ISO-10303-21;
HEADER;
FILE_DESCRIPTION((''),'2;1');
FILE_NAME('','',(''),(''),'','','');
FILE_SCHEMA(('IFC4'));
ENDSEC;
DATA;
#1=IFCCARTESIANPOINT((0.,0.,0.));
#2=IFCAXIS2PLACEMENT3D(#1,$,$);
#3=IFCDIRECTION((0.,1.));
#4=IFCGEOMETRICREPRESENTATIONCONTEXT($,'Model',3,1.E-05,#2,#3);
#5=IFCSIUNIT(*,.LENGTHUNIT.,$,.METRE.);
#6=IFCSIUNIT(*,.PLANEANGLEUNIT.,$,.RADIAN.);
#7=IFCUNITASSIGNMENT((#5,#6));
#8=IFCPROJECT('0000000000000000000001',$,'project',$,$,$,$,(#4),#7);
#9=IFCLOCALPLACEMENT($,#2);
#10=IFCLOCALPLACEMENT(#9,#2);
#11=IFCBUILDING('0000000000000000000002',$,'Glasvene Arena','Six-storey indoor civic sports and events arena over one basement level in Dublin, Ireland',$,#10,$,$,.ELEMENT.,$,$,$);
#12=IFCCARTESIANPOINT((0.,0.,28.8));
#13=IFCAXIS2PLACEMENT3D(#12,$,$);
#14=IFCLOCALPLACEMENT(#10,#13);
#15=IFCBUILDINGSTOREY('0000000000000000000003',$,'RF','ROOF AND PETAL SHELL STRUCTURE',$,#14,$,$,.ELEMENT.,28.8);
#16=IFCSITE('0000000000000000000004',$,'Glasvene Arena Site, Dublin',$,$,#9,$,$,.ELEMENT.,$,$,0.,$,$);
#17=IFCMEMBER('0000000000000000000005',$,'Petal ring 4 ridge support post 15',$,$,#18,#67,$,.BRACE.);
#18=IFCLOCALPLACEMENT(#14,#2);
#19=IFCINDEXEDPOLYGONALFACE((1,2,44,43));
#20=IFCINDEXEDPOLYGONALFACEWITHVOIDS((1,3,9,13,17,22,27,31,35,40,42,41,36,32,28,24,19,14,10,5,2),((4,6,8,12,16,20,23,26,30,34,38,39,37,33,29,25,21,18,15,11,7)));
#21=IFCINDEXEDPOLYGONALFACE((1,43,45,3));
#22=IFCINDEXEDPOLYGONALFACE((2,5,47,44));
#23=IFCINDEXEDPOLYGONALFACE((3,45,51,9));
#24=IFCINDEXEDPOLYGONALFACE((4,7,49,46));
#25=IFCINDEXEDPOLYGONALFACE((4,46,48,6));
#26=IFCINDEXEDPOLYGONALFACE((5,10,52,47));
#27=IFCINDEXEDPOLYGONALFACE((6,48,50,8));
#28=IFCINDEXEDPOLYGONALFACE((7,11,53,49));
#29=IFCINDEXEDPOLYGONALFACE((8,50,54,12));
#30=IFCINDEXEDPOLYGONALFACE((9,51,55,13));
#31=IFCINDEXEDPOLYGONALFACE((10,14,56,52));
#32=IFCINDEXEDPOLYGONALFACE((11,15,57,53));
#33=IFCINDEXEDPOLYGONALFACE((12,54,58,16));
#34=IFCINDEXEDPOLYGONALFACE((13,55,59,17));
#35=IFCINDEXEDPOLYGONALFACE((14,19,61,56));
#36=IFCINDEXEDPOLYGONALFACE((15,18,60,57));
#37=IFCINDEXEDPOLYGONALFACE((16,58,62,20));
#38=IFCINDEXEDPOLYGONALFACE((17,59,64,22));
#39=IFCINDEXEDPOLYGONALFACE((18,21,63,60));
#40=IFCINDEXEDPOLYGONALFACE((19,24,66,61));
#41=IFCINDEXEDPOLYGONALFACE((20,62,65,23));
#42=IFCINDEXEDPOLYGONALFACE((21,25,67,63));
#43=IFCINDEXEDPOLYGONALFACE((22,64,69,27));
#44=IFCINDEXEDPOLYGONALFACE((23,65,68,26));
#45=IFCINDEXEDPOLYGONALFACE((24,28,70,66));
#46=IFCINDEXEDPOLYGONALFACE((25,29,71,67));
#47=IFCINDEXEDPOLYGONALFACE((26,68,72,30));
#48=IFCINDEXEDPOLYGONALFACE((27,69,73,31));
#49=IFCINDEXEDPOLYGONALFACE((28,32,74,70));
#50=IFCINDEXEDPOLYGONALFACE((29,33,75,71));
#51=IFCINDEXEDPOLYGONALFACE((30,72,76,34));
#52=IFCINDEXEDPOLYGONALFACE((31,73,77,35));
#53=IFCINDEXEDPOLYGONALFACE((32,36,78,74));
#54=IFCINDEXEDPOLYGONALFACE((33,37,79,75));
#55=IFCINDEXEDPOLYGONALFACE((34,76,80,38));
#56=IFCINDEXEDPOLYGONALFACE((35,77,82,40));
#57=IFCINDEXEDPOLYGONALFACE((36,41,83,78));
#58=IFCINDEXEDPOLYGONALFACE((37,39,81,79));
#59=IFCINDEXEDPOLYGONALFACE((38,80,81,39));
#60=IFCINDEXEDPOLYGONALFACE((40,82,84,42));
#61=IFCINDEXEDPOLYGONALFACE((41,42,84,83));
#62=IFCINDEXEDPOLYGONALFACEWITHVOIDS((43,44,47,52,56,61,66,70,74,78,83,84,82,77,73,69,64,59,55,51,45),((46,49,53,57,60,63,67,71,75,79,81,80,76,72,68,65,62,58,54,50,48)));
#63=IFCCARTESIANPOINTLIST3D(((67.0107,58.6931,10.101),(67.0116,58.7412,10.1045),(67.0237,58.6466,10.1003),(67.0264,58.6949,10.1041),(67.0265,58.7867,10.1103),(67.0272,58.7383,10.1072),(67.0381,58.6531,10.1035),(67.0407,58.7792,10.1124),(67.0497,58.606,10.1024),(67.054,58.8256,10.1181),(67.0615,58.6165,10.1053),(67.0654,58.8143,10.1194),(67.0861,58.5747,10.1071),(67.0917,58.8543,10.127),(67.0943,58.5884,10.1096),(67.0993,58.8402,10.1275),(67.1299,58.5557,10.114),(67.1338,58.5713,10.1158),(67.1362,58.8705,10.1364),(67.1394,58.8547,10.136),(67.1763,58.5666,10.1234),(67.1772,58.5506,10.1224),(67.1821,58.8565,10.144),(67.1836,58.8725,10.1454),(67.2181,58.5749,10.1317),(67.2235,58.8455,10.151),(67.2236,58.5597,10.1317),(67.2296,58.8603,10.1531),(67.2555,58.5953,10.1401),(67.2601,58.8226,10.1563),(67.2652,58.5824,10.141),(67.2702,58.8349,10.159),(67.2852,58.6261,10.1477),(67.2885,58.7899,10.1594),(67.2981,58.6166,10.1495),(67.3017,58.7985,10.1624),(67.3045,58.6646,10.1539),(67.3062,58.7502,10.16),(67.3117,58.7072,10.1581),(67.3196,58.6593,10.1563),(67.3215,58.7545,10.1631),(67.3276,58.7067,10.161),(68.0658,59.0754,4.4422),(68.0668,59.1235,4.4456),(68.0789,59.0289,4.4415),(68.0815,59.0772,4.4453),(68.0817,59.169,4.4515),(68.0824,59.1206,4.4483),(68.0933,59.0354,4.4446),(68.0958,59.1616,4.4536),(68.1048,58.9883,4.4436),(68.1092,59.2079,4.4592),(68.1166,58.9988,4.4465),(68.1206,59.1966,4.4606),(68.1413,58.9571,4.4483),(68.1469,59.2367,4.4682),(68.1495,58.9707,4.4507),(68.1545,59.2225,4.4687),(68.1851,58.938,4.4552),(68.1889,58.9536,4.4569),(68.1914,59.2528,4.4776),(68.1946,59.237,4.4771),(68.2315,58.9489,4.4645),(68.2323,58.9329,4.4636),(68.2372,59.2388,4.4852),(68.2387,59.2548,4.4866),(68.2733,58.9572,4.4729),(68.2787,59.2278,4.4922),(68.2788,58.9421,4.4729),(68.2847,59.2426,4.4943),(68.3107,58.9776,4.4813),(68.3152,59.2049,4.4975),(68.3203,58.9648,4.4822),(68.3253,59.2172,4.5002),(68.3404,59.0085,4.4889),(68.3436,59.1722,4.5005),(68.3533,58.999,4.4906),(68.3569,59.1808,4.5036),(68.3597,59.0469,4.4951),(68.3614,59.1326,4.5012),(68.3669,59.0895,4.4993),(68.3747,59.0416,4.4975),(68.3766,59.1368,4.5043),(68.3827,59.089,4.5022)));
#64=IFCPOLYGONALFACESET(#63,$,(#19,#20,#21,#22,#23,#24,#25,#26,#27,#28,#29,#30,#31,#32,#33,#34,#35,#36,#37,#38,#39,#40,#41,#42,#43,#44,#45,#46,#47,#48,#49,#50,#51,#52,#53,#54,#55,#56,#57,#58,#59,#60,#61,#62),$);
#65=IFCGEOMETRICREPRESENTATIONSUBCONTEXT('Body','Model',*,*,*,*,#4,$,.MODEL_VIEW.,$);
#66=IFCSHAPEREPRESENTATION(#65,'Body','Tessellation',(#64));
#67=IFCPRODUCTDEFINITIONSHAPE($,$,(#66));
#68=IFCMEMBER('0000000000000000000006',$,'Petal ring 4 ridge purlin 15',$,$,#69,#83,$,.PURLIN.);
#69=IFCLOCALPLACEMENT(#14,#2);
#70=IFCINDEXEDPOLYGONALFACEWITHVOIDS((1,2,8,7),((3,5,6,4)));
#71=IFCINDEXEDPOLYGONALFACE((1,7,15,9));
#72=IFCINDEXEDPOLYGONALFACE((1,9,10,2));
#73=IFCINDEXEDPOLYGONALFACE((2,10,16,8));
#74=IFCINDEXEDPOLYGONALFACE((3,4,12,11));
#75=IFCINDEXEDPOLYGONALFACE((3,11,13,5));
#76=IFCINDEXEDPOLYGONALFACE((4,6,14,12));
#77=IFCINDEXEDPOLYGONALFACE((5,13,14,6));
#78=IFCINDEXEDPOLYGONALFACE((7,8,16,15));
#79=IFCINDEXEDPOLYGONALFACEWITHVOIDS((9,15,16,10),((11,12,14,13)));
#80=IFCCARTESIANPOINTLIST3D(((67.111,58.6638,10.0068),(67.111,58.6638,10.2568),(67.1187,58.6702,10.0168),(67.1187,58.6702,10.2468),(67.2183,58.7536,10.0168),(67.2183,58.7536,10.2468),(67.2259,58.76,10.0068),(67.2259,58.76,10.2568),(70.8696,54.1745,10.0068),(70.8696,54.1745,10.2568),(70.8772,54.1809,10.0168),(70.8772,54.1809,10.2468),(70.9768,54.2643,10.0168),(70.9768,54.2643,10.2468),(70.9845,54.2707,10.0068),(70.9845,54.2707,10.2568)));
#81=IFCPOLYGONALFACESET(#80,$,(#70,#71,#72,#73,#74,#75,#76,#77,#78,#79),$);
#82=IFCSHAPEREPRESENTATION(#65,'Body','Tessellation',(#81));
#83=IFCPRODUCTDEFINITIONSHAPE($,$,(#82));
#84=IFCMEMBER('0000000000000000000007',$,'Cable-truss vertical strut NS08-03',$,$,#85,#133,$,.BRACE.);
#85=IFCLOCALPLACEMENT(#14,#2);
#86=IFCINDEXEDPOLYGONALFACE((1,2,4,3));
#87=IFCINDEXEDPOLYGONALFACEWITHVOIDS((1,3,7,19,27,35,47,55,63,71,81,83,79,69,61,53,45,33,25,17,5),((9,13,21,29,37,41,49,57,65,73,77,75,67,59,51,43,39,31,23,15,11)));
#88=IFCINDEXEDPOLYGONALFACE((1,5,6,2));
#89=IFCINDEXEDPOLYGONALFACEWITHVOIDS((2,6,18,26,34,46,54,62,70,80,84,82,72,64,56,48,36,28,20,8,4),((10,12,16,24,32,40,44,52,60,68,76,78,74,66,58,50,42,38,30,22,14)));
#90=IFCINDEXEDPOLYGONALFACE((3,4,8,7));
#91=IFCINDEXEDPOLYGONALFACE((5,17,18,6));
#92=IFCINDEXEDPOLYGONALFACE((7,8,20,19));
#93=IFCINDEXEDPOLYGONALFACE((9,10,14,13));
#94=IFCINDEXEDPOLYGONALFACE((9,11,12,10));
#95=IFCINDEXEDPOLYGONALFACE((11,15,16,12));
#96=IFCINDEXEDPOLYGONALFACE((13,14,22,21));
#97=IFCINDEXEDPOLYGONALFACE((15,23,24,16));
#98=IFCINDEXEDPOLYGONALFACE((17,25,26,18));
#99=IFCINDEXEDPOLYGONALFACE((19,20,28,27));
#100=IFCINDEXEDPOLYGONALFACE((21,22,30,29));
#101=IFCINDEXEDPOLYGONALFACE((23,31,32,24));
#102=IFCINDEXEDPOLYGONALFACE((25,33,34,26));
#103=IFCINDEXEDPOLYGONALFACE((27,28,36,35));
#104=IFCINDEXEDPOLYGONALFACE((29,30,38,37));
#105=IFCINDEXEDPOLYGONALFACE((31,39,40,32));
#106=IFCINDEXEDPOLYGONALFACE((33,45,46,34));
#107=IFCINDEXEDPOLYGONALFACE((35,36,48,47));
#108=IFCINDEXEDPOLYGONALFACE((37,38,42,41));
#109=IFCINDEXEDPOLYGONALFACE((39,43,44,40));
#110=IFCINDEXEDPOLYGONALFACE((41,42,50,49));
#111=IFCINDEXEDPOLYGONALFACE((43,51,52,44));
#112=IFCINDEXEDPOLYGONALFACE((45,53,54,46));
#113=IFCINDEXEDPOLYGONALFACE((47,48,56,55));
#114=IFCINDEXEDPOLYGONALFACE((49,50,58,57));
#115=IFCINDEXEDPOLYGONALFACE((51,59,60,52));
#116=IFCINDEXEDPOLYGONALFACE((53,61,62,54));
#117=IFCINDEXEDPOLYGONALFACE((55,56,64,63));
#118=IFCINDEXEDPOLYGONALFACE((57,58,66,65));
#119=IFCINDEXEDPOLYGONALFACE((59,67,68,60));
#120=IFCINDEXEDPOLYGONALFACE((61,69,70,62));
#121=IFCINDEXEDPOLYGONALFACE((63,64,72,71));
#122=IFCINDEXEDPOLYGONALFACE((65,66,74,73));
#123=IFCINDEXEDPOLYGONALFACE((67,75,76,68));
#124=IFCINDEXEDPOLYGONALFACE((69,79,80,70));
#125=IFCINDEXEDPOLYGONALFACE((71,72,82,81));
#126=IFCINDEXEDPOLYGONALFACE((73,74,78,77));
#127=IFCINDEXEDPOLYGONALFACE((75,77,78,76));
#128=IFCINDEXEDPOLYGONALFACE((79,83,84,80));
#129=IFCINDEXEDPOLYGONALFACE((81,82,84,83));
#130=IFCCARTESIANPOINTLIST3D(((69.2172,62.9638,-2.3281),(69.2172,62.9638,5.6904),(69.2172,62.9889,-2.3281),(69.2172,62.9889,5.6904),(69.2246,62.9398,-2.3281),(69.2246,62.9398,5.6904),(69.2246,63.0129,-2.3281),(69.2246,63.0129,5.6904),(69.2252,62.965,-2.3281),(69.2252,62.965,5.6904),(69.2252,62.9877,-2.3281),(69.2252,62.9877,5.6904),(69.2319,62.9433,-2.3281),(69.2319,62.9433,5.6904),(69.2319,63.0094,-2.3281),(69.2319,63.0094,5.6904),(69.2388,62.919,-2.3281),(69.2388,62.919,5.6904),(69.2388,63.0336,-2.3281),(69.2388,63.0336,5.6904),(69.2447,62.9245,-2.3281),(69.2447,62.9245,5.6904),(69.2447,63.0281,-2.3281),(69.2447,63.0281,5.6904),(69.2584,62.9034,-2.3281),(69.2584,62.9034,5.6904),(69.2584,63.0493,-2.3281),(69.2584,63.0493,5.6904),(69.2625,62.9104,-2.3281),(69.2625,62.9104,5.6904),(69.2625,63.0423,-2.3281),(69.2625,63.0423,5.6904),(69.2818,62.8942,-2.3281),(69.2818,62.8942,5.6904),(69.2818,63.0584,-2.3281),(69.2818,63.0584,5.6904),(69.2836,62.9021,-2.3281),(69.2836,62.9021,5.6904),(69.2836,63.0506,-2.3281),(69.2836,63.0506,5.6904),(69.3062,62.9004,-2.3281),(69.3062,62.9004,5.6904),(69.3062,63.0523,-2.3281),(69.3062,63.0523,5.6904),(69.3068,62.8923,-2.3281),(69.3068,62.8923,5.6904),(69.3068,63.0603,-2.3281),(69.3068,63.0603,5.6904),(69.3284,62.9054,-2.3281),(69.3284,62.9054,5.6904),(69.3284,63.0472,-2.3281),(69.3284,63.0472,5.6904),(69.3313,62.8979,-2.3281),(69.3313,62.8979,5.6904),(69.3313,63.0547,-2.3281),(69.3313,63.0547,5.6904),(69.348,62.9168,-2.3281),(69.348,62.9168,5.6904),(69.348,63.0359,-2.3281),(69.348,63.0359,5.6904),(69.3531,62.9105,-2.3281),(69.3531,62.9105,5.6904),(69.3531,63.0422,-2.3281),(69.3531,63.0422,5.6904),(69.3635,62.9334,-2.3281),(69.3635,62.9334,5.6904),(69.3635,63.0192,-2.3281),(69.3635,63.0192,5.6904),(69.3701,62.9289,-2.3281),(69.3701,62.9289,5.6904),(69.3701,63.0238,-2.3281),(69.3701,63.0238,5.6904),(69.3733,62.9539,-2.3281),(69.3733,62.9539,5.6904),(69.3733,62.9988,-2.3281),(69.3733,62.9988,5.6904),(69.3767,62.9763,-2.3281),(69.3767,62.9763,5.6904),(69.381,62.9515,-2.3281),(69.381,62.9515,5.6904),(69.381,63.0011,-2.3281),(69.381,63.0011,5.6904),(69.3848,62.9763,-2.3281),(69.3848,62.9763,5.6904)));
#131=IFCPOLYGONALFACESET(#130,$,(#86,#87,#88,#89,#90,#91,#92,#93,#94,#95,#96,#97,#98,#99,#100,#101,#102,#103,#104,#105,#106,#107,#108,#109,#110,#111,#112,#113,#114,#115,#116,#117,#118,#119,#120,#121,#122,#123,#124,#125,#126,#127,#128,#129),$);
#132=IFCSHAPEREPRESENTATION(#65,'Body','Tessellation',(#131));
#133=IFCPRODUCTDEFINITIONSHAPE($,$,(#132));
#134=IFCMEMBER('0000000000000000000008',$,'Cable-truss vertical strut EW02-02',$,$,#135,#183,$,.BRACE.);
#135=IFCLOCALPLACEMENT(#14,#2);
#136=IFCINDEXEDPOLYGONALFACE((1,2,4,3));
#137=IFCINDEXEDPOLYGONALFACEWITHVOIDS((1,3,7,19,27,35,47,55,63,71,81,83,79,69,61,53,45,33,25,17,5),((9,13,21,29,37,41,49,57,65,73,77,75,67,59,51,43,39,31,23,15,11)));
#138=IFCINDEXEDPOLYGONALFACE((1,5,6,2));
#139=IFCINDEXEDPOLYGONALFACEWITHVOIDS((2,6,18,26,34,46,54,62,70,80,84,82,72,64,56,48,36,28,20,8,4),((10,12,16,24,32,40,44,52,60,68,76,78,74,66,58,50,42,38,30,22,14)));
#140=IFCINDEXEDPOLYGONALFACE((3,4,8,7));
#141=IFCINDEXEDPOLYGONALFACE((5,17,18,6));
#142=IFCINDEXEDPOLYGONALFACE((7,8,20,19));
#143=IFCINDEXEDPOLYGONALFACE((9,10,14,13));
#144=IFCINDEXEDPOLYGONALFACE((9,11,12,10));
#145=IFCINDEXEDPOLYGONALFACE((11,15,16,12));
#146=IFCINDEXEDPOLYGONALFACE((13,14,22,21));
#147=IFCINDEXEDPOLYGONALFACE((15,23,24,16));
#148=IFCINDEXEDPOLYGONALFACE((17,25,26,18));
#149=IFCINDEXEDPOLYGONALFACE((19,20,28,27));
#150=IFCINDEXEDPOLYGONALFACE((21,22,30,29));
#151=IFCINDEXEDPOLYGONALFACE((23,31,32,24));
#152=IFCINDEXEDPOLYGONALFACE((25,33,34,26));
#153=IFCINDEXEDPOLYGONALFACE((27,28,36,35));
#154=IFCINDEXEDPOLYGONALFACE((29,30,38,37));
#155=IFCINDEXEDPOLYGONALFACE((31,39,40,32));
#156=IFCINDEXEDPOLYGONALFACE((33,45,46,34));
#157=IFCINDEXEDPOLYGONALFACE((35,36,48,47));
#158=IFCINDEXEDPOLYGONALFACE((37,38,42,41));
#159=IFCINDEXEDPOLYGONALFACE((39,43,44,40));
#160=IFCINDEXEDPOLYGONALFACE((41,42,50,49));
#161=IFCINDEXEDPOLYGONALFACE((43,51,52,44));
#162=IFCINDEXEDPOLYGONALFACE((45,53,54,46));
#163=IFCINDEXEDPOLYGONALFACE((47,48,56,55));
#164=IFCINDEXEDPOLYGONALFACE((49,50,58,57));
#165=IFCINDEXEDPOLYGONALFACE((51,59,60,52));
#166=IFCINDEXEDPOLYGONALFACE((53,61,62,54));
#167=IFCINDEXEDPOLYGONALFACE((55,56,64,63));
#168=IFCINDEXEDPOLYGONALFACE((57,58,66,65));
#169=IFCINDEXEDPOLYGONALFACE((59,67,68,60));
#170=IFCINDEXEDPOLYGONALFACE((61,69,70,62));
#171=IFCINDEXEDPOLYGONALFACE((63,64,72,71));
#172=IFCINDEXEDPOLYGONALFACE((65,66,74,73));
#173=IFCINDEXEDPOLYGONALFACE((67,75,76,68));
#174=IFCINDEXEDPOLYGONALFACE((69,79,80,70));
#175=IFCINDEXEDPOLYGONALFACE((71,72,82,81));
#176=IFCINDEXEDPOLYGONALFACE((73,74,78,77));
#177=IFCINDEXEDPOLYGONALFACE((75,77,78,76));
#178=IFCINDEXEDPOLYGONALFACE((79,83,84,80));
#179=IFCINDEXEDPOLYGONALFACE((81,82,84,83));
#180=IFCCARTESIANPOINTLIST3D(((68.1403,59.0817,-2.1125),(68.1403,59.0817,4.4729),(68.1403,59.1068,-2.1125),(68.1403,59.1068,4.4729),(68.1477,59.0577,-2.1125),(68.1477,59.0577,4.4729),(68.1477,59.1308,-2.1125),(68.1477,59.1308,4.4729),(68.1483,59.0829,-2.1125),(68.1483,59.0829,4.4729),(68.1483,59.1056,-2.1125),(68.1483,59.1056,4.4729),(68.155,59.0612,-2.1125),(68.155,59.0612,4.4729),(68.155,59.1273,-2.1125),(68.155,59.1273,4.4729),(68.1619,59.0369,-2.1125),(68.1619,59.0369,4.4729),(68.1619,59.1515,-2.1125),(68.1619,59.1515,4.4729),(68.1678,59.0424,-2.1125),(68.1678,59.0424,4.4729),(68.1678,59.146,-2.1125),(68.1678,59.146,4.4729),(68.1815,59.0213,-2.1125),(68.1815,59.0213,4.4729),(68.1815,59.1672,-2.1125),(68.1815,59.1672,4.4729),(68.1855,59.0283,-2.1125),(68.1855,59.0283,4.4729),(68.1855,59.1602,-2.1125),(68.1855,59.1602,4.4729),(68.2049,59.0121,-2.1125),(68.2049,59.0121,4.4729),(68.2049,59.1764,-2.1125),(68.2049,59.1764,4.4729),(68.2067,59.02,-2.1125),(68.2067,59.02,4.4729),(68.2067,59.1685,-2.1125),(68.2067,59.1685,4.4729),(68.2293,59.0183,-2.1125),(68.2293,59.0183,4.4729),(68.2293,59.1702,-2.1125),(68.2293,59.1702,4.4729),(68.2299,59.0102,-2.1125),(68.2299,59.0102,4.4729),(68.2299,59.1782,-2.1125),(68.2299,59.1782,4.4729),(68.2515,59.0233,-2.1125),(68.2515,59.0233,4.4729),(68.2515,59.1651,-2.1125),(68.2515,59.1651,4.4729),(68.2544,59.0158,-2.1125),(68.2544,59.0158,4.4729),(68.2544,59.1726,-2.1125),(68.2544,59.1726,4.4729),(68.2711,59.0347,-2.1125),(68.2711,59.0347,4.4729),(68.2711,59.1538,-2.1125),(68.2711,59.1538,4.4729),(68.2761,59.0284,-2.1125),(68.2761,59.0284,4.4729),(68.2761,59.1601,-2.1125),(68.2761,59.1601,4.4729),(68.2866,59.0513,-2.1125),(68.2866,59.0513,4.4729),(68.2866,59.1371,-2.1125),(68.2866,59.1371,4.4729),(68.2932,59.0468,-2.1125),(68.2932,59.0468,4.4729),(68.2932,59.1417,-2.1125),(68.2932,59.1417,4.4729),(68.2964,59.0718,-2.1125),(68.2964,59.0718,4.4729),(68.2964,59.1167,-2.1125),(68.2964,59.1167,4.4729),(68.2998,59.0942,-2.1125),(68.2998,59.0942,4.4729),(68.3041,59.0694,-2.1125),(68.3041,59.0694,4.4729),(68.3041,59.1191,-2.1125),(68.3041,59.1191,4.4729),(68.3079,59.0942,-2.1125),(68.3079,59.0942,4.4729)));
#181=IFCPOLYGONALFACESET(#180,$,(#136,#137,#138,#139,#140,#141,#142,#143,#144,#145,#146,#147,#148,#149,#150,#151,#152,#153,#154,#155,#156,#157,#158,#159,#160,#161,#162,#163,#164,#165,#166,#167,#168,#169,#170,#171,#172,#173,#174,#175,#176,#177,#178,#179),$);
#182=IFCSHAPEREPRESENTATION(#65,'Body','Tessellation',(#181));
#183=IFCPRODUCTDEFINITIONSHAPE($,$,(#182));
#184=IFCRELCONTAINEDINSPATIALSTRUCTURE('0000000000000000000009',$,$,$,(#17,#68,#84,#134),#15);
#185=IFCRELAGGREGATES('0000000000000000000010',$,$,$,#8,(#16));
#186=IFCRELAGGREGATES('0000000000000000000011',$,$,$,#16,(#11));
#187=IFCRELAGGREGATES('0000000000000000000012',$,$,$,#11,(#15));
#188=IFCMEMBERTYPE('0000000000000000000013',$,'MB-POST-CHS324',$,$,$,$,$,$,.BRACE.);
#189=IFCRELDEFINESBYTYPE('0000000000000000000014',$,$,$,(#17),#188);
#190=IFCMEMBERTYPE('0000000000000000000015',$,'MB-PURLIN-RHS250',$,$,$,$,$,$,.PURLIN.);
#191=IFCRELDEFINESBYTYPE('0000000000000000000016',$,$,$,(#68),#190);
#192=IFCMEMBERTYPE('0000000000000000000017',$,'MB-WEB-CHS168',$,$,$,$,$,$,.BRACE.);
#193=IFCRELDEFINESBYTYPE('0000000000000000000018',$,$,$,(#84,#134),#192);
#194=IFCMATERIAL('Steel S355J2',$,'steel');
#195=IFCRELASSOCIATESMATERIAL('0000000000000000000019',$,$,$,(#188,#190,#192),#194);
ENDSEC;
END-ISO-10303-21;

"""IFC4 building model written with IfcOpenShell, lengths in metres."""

from ifc_helpers import new_model, si_unit, direction, frame, origin, origin_2d, place, context, subcontext, project, spatial, hollow_rectangle, hollow_circle, extrude, material, material_profile, profile_set, type_object, element, save


model = new_model("IFC4")

# Units and contexts
model_context = context("Model", 3, precision=1e-05, world=origin(), true_north=direction((0.0, 1.0)))
body_context = subcontext(model_context, "Body", "Model", "MODEL_VIEW")
ifc_project = project(units=[si_unit("LENGTHUNIT", "METRE"), si_unit("PLANEANGLEUNIT", "RADIAN")], contexts=[model_context])

# Site, building, storey
site_placement = place(None, origin())
site = spatial("IfcSite", under=ifc_project, at=site_placement, Name="Glasvene Arena Site, Dublin", CompositionType="ELEMENT", RefElevation=0.0)
building_placement = place(site_placement, origin())
building = spatial("IfcBuilding", under=site, at=building_placement, Name="Glasvene Arena", Description="Six-storey indoor civic sports and events arena over one basement level in Dublin, Ireland", CompositionType="ELEMENT")
storey_placement = place(building_placement, frame((0.0, 0.0, 28.8)))
storey = spatial("IfcBuildingStorey", under=building, at=storey_placement, Name="RF", Description="ROOF AND PETAL SHELL STRUCTURE", CompositionType="ELEMENT", Elevation=28.8)

# Members
ifc_material_1 = material(Name="Steel S355J2", Category="steel")
ifc_material_profile_1 = material_profile(ifc_material_1, hollow_circle(Radius=0.1619, WallThickness=0.0161, at=origin_2d()), Name="CHS 323.9x16.0")
ifc_profile_set_1 = profile_set([ifc_material_profile_1], Name="Steel S355J2")
member_type_1 = type_object("IfcMemberType", Name="MB-POST-CHS324", PredefinedType="BRACE", material=ifc_profile_set_1)
member_1_placement = place(storey_placement, frame((68.2236, 59.0942, 4.4729), z_axis=(-0.1829, -0.06627, 0.980895), x_axis=(0.34066, -0.940187, 0.0)))
element("IfcMember", 1, at=member_1_placement, inside=storey, type_object=member_type_1, Name="Petal ring 4 ridge support post 15", PredefinedType="BRACE", context=body_context, shape_type="SweptSolid", body=[
    extrude(hollow_circle(Radius=0.1619, WallThickness=0.0161, at=origin_2d()), origin(), (0.0, 0.0, 1.0), 5.769),
])
ifc_material_profile_2 = material_profile(ifc_material_1, hollow_rectangle(XDim=0.1499, YDim=0.25, WallThickness=0.01, at=origin_2d()), Name="RHS 250x150x10.0")
ifc_profile_set_2 = profile_set([ifc_material_profile_2], Name="Steel S355J2")
member_type_2 = type_object("IfcMemberType", Name="MB-PURLIN-RHS250", PredefinedType="PURLIN", material=ifc_profile_set_2)
member_2_placement = place(storey_placement, frame((67.1685, 58.7119, 10.1318), z_axis=(0.641946, -0.76675, 0.0), x_axis=(0.76675, 0.641946, 0.0)))
element("IfcMember", 2, at=member_2_placement, inside=storey, type_object=member_type_2, Name="Petal ring 4 ridge purlin 15", PredefinedType="PURLIN", context=body_context, shape_type="SweptSolid", body=[
    extrude(hollow_rectangle(XDim=0.1499, YDim=0.25, WallThickness=0.01, at=origin_2d()), origin(), (0.0, 0.0, 1.0), 5.855),
])
ifc_material_profile_3 = material_profile(ifc_material_1, hollow_circle(Radius=0.0842, WallThickness=0.0081, at=origin_2d()), Name="CHS 168.3x8.0")
ifc_profile_set_3 = profile_set([ifc_material_profile_3], Name="Steel S355J2")
member_type_3 = type_object("IfcMemberType", Name="MB-WEB-CHS168", PredefinedType="BRACE", material=ifc_profile_set_3)
member_3_placement = place(storey_placement, frame((69.3005, 62.9763, -2.3281), z_axis=(0.0, 0.0, 1.0), x_axis=(1.0, 0.0, 0.0)))
element("IfcMember", 3, at=member_3_placement, inside=storey, type_object=member_type_3, Name="Cable-truss vertical strut NS08-03", PredefinedType="BRACE", context=body_context, shape_type="SweptSolid", body=[
    extrude(hollow_circle(Radius=0.0842, WallThickness=0.0081, at=origin_2d()), origin(), (0.0, 0.0, 1.0), 8.0186),
])
for number, where, z_axis, x_axis, name in (
    (4, (68.2236, 59.0942, -2.1125), (0.0, 0.0, 1.0), (1.0, 0.0, 0.0), "Cable-truss vertical strut EW02-02"),
):
    element("IfcMember", number, at=place(storey_placement, frame(where, z_axis=z_axis, x_axis=x_axis)), inside=storey, type_object=member_type_3, Name=name, PredefinedType="BRACE", context=body_context, shape_type="SweptSolid", body=[
        extrude(hollow_circle(Radius=0.0842, WallThickness=0.0081, at=origin_2d()), origin(), (0.0, 0.0, 1.0), 6.5854),
    ])

save(model, "model.ifc")
